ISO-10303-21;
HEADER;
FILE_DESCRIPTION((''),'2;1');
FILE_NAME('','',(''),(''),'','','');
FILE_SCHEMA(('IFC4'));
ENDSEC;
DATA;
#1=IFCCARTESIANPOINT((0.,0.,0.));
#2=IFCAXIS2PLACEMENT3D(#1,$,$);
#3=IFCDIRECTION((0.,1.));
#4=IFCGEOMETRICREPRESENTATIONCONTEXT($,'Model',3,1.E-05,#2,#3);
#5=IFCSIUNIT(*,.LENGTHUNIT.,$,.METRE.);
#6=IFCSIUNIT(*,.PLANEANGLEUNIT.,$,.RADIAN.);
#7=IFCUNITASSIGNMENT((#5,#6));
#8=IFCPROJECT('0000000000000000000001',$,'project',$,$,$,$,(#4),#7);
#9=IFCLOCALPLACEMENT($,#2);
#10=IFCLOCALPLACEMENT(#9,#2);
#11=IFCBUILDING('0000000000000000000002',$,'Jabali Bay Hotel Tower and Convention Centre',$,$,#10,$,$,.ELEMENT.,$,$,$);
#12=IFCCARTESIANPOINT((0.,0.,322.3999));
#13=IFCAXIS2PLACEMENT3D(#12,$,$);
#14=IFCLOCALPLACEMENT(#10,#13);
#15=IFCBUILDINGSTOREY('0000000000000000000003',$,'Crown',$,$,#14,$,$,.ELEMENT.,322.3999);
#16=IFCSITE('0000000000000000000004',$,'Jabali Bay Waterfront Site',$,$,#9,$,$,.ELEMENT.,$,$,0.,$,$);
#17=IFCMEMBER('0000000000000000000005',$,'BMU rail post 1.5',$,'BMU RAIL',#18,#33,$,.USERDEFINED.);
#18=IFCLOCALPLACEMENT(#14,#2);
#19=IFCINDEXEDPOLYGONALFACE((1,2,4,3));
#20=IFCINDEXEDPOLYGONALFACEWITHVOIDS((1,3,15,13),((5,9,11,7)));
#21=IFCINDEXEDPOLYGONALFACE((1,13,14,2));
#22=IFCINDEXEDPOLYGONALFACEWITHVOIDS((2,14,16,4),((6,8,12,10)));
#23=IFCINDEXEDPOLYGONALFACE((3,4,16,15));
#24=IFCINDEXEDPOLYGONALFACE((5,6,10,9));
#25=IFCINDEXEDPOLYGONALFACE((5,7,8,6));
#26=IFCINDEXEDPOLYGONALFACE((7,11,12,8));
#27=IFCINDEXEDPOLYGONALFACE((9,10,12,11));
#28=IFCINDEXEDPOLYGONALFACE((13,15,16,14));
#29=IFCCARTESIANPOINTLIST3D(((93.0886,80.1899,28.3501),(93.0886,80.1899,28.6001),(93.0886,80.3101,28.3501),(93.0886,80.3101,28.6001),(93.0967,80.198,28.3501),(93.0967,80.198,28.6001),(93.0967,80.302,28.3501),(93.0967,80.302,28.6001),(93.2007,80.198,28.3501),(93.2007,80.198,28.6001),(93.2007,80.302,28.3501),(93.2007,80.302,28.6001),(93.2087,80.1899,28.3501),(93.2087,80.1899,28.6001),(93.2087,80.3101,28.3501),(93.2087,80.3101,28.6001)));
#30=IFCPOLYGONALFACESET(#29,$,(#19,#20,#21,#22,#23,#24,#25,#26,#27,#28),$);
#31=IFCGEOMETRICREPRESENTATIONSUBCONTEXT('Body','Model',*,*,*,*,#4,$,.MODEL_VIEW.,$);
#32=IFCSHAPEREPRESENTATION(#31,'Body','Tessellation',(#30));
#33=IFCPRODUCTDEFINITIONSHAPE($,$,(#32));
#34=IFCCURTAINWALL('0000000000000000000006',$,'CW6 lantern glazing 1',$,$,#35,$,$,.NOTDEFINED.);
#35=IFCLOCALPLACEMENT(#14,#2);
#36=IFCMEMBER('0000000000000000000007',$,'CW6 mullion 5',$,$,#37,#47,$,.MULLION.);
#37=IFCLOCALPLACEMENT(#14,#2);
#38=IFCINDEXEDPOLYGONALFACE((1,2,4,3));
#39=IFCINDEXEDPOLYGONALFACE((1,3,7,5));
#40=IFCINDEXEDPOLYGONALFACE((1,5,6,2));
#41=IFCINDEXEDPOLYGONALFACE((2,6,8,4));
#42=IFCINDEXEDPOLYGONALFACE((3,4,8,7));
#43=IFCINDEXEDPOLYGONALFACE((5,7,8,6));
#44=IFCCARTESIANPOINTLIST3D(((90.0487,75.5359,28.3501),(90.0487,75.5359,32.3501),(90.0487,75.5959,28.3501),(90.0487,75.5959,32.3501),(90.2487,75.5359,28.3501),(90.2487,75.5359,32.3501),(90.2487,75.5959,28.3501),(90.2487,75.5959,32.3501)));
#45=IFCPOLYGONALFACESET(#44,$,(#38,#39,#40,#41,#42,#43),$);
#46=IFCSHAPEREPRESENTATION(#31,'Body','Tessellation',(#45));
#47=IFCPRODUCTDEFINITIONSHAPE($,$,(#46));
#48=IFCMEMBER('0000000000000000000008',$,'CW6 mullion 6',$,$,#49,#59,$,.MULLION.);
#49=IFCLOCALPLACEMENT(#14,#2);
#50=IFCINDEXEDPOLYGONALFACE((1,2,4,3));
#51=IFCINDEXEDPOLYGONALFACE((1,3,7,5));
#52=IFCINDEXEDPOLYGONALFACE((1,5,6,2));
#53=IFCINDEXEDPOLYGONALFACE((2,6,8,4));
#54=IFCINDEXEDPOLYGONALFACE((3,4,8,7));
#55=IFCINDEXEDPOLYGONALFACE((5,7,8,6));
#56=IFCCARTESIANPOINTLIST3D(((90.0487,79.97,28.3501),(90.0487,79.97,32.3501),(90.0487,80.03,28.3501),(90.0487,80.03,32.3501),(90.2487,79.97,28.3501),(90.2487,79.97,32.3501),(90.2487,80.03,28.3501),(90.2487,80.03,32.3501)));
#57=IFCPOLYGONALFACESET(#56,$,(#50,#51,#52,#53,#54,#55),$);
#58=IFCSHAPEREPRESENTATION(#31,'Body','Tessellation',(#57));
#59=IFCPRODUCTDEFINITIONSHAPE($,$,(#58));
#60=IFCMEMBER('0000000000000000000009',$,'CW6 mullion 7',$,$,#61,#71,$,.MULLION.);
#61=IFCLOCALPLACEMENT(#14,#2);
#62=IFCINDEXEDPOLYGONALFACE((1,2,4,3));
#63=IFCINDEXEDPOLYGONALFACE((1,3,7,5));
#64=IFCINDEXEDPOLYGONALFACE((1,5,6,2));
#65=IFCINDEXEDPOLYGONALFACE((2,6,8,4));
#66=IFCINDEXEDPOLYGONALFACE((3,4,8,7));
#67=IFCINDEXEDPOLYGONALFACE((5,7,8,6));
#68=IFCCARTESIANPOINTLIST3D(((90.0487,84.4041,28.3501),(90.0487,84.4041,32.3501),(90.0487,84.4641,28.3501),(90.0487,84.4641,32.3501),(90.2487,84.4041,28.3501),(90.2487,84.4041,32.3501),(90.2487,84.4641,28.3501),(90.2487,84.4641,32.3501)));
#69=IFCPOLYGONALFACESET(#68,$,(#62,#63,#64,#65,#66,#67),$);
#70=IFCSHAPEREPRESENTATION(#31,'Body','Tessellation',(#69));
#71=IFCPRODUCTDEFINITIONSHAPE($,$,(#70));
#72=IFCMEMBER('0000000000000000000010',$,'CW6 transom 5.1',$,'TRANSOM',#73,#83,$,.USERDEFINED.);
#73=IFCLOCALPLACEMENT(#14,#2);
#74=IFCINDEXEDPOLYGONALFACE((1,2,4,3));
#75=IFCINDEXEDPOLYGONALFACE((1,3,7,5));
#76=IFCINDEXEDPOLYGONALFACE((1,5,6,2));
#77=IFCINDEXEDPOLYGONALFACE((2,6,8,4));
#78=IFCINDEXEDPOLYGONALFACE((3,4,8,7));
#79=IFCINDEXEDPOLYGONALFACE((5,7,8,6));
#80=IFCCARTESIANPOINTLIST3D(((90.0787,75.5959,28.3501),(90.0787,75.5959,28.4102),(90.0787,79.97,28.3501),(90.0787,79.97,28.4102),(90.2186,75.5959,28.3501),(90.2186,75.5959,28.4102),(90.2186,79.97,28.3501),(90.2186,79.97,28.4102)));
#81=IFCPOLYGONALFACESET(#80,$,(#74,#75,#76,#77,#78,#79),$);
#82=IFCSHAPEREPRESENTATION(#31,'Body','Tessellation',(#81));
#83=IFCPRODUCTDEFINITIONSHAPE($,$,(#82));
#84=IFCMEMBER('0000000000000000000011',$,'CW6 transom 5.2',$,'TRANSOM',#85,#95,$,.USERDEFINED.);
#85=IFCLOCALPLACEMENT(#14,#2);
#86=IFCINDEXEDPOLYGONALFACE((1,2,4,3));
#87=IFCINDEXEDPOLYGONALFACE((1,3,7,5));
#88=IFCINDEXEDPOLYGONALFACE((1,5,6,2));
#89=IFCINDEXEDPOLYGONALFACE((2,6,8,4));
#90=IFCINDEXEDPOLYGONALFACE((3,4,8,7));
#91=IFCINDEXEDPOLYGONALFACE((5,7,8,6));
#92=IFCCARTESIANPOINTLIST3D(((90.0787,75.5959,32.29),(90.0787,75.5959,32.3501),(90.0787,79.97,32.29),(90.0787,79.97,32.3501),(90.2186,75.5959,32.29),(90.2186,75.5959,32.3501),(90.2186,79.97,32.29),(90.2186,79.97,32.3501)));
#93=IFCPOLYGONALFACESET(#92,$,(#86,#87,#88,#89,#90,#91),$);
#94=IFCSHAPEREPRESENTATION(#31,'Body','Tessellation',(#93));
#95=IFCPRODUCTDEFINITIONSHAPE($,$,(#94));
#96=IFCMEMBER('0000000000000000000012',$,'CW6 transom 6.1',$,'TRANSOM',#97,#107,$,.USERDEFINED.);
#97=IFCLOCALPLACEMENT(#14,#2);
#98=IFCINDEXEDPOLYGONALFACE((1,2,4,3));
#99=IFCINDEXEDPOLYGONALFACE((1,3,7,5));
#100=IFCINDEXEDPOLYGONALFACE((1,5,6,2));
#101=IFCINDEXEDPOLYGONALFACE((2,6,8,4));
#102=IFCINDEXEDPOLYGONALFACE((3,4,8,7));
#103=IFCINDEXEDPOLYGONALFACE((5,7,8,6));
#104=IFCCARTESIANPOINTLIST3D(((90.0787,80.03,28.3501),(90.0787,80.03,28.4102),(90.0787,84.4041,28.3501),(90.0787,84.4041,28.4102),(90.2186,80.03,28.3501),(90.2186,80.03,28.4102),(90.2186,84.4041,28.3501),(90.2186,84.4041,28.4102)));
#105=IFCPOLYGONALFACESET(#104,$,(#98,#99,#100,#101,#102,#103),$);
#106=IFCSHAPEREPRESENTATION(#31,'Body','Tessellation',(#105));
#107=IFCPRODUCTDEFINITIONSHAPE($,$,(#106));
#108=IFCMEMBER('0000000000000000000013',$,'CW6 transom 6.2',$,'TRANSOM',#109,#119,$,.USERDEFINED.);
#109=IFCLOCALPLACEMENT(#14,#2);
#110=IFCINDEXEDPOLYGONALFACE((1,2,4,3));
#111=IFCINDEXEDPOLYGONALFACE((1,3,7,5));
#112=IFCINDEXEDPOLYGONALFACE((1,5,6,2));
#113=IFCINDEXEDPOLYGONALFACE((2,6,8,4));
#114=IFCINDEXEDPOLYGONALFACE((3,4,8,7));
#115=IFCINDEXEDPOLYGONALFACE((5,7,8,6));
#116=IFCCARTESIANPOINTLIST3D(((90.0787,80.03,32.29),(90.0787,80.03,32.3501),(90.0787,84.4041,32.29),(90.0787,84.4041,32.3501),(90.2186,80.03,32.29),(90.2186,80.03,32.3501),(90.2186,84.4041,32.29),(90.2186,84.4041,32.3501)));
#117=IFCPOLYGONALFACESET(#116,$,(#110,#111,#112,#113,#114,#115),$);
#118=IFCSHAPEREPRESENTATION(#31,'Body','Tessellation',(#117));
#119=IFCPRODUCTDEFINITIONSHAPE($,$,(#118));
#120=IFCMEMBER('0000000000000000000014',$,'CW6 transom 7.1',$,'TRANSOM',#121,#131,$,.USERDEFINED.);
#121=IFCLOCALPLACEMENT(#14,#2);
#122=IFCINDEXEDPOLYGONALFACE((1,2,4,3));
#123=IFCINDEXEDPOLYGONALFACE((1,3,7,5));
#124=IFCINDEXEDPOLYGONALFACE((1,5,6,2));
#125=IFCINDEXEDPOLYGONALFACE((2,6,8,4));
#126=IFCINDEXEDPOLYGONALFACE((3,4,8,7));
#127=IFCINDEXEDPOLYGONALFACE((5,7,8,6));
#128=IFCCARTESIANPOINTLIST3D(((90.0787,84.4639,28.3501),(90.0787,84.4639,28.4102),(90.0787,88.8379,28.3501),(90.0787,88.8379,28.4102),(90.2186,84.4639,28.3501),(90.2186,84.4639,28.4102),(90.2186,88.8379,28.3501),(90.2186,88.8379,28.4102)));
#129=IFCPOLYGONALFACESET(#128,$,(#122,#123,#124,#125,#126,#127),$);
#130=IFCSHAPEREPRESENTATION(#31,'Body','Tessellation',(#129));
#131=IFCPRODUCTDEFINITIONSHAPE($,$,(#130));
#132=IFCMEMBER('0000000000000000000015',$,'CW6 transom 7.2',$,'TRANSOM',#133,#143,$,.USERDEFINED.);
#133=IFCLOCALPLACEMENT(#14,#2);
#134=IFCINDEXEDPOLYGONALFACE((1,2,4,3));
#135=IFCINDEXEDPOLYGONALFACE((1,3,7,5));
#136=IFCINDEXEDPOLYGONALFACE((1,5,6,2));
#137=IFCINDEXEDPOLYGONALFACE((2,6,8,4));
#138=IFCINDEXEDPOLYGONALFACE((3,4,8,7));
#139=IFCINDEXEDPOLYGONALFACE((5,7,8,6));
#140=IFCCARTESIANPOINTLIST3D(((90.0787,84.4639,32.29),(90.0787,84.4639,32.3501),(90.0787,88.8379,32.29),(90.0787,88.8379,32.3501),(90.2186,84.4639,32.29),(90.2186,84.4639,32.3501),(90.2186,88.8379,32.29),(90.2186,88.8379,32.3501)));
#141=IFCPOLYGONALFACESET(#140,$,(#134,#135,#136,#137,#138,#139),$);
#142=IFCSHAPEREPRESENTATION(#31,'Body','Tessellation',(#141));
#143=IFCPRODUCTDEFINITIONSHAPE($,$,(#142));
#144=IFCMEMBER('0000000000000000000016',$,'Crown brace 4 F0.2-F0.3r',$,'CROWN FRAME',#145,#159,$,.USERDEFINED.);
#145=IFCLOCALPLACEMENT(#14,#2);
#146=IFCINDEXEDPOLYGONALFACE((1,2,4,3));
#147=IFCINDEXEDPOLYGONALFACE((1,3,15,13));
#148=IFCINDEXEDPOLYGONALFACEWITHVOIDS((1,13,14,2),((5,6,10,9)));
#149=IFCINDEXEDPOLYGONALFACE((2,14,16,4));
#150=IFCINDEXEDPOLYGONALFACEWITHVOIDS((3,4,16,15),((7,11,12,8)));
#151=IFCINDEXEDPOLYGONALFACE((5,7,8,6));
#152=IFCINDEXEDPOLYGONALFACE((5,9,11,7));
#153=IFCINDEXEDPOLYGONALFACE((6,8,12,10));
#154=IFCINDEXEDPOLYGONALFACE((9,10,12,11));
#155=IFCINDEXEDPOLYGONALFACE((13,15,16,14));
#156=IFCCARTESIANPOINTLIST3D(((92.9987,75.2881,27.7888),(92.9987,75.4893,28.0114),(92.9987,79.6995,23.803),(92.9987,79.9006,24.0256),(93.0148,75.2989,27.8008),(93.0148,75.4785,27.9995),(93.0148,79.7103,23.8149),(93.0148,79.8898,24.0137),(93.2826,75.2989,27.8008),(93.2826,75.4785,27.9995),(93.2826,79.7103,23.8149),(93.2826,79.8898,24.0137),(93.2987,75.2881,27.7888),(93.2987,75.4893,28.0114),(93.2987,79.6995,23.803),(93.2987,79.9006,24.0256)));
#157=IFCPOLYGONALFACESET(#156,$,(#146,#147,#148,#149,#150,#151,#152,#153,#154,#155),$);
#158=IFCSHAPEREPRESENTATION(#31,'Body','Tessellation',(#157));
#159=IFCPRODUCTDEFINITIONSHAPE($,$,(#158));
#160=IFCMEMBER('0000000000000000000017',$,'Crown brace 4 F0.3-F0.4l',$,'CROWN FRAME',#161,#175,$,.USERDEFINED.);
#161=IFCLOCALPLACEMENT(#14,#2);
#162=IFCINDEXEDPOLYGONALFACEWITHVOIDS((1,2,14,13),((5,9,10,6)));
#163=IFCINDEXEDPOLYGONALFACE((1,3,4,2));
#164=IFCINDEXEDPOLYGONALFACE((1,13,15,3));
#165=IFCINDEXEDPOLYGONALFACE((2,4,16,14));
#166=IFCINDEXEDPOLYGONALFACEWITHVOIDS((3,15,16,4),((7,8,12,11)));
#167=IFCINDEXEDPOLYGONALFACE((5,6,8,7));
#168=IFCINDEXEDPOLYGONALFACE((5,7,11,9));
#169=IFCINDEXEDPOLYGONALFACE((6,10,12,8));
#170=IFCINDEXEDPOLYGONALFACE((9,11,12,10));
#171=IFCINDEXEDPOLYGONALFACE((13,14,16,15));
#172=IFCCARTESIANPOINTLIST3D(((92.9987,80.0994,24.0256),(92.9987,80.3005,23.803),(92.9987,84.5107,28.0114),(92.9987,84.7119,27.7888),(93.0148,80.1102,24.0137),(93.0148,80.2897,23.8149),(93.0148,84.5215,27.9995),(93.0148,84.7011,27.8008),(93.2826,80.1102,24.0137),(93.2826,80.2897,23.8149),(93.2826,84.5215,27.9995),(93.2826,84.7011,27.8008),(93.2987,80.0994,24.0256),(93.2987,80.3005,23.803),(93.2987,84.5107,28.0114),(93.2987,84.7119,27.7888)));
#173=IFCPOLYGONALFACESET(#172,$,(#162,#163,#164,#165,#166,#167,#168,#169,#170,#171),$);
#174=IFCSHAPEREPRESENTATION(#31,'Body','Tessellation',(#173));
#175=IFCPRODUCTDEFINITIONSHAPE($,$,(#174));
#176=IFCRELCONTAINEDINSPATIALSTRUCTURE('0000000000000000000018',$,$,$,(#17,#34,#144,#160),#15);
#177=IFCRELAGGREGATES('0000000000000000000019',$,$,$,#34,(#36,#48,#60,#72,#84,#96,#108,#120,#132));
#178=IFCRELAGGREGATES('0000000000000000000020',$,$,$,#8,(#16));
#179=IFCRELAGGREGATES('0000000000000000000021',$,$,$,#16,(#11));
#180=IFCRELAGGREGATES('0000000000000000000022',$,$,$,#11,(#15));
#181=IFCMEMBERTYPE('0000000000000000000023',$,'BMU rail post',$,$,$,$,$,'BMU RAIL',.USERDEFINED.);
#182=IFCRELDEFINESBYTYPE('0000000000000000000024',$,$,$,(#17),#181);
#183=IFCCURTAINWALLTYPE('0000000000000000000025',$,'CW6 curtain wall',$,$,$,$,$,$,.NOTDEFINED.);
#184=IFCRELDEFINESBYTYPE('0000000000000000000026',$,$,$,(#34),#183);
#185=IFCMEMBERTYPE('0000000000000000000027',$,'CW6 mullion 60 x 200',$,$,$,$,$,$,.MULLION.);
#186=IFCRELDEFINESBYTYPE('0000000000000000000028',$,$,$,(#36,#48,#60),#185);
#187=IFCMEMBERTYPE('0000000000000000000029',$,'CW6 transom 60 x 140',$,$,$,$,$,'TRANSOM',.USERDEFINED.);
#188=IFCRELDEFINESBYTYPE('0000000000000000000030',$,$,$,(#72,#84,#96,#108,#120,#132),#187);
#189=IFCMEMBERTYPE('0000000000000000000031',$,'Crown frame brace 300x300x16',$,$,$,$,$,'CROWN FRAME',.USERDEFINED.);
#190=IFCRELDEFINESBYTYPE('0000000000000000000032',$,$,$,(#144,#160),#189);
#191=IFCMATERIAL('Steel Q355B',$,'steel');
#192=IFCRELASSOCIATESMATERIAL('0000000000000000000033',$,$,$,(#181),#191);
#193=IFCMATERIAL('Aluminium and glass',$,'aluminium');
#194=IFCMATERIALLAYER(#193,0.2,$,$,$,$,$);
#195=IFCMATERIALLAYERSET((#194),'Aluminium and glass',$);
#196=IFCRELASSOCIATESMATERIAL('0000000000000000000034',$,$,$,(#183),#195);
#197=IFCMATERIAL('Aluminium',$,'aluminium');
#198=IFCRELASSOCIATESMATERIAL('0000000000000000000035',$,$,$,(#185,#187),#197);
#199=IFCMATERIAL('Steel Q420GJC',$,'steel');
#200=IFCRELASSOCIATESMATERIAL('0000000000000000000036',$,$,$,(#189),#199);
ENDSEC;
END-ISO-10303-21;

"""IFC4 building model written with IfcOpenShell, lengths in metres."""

from ifc_helpers import new_model, si_unit, direction, frame, origin, origin_2d, place, context, subcontext, project, spatial, rectangle, hollow_rectangle, extrude, material, layer, layer_set, material_profile, profile_set, type_object, element, aggregate, save


model = new_model("IFC4")

# Units and contexts
model_context = context("Model", 3, precision=1e-05, world=origin(), true_north=direction((0.0, 1.0)))
body_context = subcontext(model_context, "Body", "Model", "MODEL_VIEW")
ifc_project = project(units=[si_unit("LENGTHUNIT", "METRE"), si_unit("PLANEANGLEUNIT", "RADIAN")], contexts=[model_context])

# Site, building, storey
site_placement = place(None, origin())
site = spatial("IfcSite", under=ifc_project, at=site_placement, Name="Jabali Bay Waterfront Site", CompositionType="ELEMENT", RefElevation=0.0)
building_placement = place(site_placement, origin())
building = spatial("IfcBuilding", under=site, at=building_placement, Name="Jabali Bay Hotel Tower and Convention Centre", CompositionType="ELEMENT")
storey_placement = place(building_placement, frame((0.0, 0.0, 322.3999)))
storey = spatial("IfcBuildingStorey", under=building, at=storey_placement, Name="Crown", CompositionType="ELEMENT", Elevation=322.3999)

# Member
ifc_material_1 = material(Name="Steel Q355B", Category="steel")
ifc_material_profile_1 = material_profile(ifc_material_1, hollow_rectangle(XDim=0.1201, YDim=0.1201, WallThickness=0.0081, at=origin_2d()), Name="BMU rail post")
ifc_profile_set_1 = profile_set([ifc_material_profile_1], Name="Steel Q355B")
member_type_1 = type_object("IfcMemberType", Name="BMU rail post", ElementType="BMU RAIL", PredefinedType="USERDEFINED", material=ifc_profile_set_1)
member_1_placement = place(storey_placement, frame((93.1487, 80.25, 28.3501), z_axis=(0.0, 0.0, 1.0), x_axis=(1.0, 0.0, 0.0)))
element("IfcMember", 1, at=member_1_placement, inside=storey, type_object=member_type_1, Name="BMU rail post 1.5", ObjectType="BMU RAIL", PredefinedType="USERDEFINED", context=body_context, shape_type="SweptSolid", body=[
    extrude(hollow_rectangle(XDim=0.1201, YDim=0.1201, WallThickness=0.0081, at=origin_2d()), origin(), (0.0, 0.0, 1.0), 0.25),
])

# Curtain wall, members
ifc_material_2 = material(Name="Aluminium and glass", Category="aluminium")
ifc_layer_1 = layer(ifc_material_2, 0.2)
ifc_layer_set_1 = layer_set([ifc_layer_1], Name="Aluminium and glass")
curtain_wall_type = type_object("IfcCurtainWallType", Name="CW6 curtain wall", PredefinedType="NOTDEFINED", material=ifc_layer_set_1)
curtain_wall_placement = place(storey_placement, origin())
curtain_wall = element("IfcCurtainWall", 2, at=curtain_wall_placement, inside=storey, type_object=curtain_wall_type, Name="CW6 lantern glazing 1", PredefinedType="NOTDEFINED")
ifc_material_3 = material(Name="Aluminium", Category="aluminium")
ifc_material_profile_2 = material_profile(ifc_material_3, rectangle(XDim=0.2, YDim=0.0601, at=origin_2d()), Name="CW6 mullion 60 x 200")
ifc_profile_set_2 = profile_set([ifc_material_profile_2], Name="Aluminium")
member_type_2 = type_object("IfcMemberType", Name="CW6 mullion 60 x 200", PredefinedType="MULLION", material=ifc_profile_set_2)
member_2_placement = place(storey_placement, frame((90.1487, 75.5659, 28.3501), z_axis=(0.0, 0.0, 1.0), x_axis=(-1.0, 0.0, 0.0)))
member_2 = element("IfcMember", 3, at=member_2_placement, type_object=member_type_2, Name="CW6 mullion 5", PredefinedType="MULLION", context=body_context, shape_type="SweptSolid", body=[
    extrude(rectangle(XDim=0.2, YDim=0.0601, at=origin_2d()), origin(), (0.0, 0.0, 1.0), 4.0),
])
member_3_placement = place(storey_placement, frame((90.1487, 80.0, 28.3501), z_axis=(0.0, 0.0, 1.0), x_axis=(-1.0, 0.0, 0.0)))
member_3 = element("IfcMember", 4, at=member_3_placement, type_object=member_type_2, Name="CW6 mullion 6", PredefinedType="MULLION", context=body_context, shape_type="SweptSolid", body=[
    extrude(rectangle(XDim=0.2, YDim=0.0601, at=origin_2d()), origin(), (0.0, 0.0, 1.0), 4.0),
])
member_4_placement = place(storey_placement, frame((90.1487, 84.4341, 28.3501), z_axis=(0.0, 0.0, 1.0), x_axis=(-1.0, 0.0, 0.0)))
member_4 = element("IfcMember", 5, at=member_4_placement, type_object=member_type_2, Name="CW6 mullion 7", PredefinedType="MULLION", context=body_context, shape_type="SweptSolid", body=[
    extrude(rectangle(XDim=0.2, YDim=0.0601, at=origin_2d()), origin(), (0.0, 0.0, 1.0), 4.0),
])
ifc_material_profile_3 = material_profile(ifc_material_3, rectangle(XDim=0.1399, YDim=0.0601, at=origin_2d()), Name="CW6 transom 60 x 140")
ifc_profile_set_3 = profile_set([ifc_material_profile_3], Name="Aluminium")
member_type_3 = type_object("IfcMemberType", Name="CW6 transom 60 x 140", ElementType="TRANSOM", PredefinedType="USERDEFINED", material=ifc_profile_set_3)
member_5_placement = place(storey_placement, frame((90.1487, 75.5959, 28.3801), z_axis=(0.0, 1.0, 0.0), x_axis=(-1.0, 0.0, 0.0)))
member_5 = element("IfcMember", 6, at=member_5_placement, type_object=member_type_3, Name="CW6 transom 5.1", ObjectType="TRANSOM", PredefinedType="USERDEFINED", context=body_context, shape_type="SweptSolid", body=[
    extrude(rectangle(XDim=0.1399, YDim=0.0601, at=origin_2d()), origin(), (0.0, 0.0, 1.0), 4.374),
])
member_6_placement = place(storey_placement, frame((90.1487, 75.5959, 32.3201), z_axis=(0.0, 1.0, 0.0), x_axis=(-1.0, 0.0, 0.0)))
member_6 = element("IfcMember", 7, at=member_6_placement, type_object=member_type_3, Name="CW6 transom 5.2", ObjectType="TRANSOM", PredefinedType="USERDEFINED", context=body_context, shape_type="SweptSolid", body=[
    extrude(rectangle(XDim=0.1399, YDim=0.0601, at=origin_2d()), origin(), (0.0, 0.0, 1.0), 4.374),
])
member_7_placement = place(storey_placement, frame((90.1487, 80.03, 28.3801), z_axis=(0.0, 1.0, 0.0), x_axis=(-1.0, 0.0, 0.0)))
member_7 = element("IfcMember", 8, at=member_7_placement, type_object=member_type_3, Name="CW6 transom 6.1", ObjectType="TRANSOM", PredefinedType="USERDEFINED", context=body_context, shape_type="SweptSolid", body=[
    extrude(rectangle(XDim=0.1399, YDim=0.0601, at=origin_2d()), origin(), (0.0, 0.0, 1.0), 4.374),
])
member_8_placement = place(storey_placement, frame((90.1487, 80.03, 32.3201), z_axis=(0.0, 1.0, 0.0), x_axis=(-1.0, 0.0, 0.0)))
member_8 = element("IfcMember", 9, at=member_8_placement, type_object=member_type_3, Name="CW6 transom 6.2", ObjectType="TRANSOM", PredefinedType="USERDEFINED", context=body_context, shape_type="SweptSolid", body=[
    extrude(rectangle(XDim=0.1399, YDim=0.0601, at=origin_2d()), origin(), (0.0, 0.0, 1.0), 4.374),
])
member_9_placement = place(storey_placement, frame((90.1487, 84.4639, 28.3801), z_axis=(0.0, 1.0, 0.0), x_axis=(-1.0, 0.0, 0.0)))
member_9 = element("IfcMember", 10, at=member_9_placement, type_object=member_type_3, Name="CW6 transom 7.1", ObjectType="TRANSOM", PredefinedType="USERDEFINED", context=body_context, shape_type="SweptSolid", body=[
    extrude(rectangle(XDim=0.1399, YDim=0.0601, at=origin_2d()), origin(), (0.0, 0.0, 1.0), 4.374),
])
member_10_placement = place(storey_placement, frame((90.1487, 84.4639, 32.3201), z_axis=(0.0, 1.0, 0.0), x_axis=(-1.0, 0.0, 0.0)))
member_10 = element("IfcMember", 11, at=member_10_placement, type_object=member_type_3, Name="CW6 transom 7.2", ObjectType="TRANSOM", PredefinedType="USERDEFINED", context=body_context, shape_type="SweptSolid", body=[
    extrude(rectangle(XDim=0.1399, YDim=0.0601, at=origin_2d()), origin(), (0.0, 0.0, 1.0), 4.374),
])

# Members
ifc_material_4 = material(Name="Steel Q420GJC", Category="steel")
ifc_material_profile_4 = material_profile(ifc_material_4, hollow_rectangle(XDim=0.3, YDim=0.3, WallThickness=0.0161, at=origin_2d()), Name="Crown frame brace 300x300x16")
ifc_profile_set_4 = profile_set([ifc_material_profile_4], Name="Steel Q420GJC")
member_type_4 = type_object("IfcMemberType", Name="Crown frame brace 300x300x16", ElementType="CROWN FRAME", PredefinedType="USERDEFINED", material=ifc_profile_set_4)
for number, where, z_axis, x_axis, name in (
    (12, (93.1487, 79.8, 23.9143), (0.0, -0.741988, 0.670413), (1.0, 0.0, 0.0), "Crown brace 4 F0.2-F0.3r"),
    (13, (93.1487, 80.2, 23.9143), (0.0, 0.741988, 0.670413), (-1.0, 0.0, 0.0), "Crown brace 4 F0.3-F0.4l"),
):
    element("IfcMember", number, at=place(storey_placement, frame(where, z_axis=z_axis, x_axis=x_axis)), inside=storey, type_object=member_type_4, Name=name, ObjectType="CROWN FRAME", PredefinedType="USERDEFINED", context=body_context, shape_type="SweptSolid", body=[
        extrude(hollow_rectangle(XDim=0.3, YDim=0.3, WallThickness=0.0161, at=origin_2d()), origin(), (0.0, 0.0, 1.0), 5.9453),
    ])

aggregate(curtain_wall, [member_2, member_3, member_4, member_5, member_6, member_7, member_8, member_9, member_10])

save(model, "model.ifc")
